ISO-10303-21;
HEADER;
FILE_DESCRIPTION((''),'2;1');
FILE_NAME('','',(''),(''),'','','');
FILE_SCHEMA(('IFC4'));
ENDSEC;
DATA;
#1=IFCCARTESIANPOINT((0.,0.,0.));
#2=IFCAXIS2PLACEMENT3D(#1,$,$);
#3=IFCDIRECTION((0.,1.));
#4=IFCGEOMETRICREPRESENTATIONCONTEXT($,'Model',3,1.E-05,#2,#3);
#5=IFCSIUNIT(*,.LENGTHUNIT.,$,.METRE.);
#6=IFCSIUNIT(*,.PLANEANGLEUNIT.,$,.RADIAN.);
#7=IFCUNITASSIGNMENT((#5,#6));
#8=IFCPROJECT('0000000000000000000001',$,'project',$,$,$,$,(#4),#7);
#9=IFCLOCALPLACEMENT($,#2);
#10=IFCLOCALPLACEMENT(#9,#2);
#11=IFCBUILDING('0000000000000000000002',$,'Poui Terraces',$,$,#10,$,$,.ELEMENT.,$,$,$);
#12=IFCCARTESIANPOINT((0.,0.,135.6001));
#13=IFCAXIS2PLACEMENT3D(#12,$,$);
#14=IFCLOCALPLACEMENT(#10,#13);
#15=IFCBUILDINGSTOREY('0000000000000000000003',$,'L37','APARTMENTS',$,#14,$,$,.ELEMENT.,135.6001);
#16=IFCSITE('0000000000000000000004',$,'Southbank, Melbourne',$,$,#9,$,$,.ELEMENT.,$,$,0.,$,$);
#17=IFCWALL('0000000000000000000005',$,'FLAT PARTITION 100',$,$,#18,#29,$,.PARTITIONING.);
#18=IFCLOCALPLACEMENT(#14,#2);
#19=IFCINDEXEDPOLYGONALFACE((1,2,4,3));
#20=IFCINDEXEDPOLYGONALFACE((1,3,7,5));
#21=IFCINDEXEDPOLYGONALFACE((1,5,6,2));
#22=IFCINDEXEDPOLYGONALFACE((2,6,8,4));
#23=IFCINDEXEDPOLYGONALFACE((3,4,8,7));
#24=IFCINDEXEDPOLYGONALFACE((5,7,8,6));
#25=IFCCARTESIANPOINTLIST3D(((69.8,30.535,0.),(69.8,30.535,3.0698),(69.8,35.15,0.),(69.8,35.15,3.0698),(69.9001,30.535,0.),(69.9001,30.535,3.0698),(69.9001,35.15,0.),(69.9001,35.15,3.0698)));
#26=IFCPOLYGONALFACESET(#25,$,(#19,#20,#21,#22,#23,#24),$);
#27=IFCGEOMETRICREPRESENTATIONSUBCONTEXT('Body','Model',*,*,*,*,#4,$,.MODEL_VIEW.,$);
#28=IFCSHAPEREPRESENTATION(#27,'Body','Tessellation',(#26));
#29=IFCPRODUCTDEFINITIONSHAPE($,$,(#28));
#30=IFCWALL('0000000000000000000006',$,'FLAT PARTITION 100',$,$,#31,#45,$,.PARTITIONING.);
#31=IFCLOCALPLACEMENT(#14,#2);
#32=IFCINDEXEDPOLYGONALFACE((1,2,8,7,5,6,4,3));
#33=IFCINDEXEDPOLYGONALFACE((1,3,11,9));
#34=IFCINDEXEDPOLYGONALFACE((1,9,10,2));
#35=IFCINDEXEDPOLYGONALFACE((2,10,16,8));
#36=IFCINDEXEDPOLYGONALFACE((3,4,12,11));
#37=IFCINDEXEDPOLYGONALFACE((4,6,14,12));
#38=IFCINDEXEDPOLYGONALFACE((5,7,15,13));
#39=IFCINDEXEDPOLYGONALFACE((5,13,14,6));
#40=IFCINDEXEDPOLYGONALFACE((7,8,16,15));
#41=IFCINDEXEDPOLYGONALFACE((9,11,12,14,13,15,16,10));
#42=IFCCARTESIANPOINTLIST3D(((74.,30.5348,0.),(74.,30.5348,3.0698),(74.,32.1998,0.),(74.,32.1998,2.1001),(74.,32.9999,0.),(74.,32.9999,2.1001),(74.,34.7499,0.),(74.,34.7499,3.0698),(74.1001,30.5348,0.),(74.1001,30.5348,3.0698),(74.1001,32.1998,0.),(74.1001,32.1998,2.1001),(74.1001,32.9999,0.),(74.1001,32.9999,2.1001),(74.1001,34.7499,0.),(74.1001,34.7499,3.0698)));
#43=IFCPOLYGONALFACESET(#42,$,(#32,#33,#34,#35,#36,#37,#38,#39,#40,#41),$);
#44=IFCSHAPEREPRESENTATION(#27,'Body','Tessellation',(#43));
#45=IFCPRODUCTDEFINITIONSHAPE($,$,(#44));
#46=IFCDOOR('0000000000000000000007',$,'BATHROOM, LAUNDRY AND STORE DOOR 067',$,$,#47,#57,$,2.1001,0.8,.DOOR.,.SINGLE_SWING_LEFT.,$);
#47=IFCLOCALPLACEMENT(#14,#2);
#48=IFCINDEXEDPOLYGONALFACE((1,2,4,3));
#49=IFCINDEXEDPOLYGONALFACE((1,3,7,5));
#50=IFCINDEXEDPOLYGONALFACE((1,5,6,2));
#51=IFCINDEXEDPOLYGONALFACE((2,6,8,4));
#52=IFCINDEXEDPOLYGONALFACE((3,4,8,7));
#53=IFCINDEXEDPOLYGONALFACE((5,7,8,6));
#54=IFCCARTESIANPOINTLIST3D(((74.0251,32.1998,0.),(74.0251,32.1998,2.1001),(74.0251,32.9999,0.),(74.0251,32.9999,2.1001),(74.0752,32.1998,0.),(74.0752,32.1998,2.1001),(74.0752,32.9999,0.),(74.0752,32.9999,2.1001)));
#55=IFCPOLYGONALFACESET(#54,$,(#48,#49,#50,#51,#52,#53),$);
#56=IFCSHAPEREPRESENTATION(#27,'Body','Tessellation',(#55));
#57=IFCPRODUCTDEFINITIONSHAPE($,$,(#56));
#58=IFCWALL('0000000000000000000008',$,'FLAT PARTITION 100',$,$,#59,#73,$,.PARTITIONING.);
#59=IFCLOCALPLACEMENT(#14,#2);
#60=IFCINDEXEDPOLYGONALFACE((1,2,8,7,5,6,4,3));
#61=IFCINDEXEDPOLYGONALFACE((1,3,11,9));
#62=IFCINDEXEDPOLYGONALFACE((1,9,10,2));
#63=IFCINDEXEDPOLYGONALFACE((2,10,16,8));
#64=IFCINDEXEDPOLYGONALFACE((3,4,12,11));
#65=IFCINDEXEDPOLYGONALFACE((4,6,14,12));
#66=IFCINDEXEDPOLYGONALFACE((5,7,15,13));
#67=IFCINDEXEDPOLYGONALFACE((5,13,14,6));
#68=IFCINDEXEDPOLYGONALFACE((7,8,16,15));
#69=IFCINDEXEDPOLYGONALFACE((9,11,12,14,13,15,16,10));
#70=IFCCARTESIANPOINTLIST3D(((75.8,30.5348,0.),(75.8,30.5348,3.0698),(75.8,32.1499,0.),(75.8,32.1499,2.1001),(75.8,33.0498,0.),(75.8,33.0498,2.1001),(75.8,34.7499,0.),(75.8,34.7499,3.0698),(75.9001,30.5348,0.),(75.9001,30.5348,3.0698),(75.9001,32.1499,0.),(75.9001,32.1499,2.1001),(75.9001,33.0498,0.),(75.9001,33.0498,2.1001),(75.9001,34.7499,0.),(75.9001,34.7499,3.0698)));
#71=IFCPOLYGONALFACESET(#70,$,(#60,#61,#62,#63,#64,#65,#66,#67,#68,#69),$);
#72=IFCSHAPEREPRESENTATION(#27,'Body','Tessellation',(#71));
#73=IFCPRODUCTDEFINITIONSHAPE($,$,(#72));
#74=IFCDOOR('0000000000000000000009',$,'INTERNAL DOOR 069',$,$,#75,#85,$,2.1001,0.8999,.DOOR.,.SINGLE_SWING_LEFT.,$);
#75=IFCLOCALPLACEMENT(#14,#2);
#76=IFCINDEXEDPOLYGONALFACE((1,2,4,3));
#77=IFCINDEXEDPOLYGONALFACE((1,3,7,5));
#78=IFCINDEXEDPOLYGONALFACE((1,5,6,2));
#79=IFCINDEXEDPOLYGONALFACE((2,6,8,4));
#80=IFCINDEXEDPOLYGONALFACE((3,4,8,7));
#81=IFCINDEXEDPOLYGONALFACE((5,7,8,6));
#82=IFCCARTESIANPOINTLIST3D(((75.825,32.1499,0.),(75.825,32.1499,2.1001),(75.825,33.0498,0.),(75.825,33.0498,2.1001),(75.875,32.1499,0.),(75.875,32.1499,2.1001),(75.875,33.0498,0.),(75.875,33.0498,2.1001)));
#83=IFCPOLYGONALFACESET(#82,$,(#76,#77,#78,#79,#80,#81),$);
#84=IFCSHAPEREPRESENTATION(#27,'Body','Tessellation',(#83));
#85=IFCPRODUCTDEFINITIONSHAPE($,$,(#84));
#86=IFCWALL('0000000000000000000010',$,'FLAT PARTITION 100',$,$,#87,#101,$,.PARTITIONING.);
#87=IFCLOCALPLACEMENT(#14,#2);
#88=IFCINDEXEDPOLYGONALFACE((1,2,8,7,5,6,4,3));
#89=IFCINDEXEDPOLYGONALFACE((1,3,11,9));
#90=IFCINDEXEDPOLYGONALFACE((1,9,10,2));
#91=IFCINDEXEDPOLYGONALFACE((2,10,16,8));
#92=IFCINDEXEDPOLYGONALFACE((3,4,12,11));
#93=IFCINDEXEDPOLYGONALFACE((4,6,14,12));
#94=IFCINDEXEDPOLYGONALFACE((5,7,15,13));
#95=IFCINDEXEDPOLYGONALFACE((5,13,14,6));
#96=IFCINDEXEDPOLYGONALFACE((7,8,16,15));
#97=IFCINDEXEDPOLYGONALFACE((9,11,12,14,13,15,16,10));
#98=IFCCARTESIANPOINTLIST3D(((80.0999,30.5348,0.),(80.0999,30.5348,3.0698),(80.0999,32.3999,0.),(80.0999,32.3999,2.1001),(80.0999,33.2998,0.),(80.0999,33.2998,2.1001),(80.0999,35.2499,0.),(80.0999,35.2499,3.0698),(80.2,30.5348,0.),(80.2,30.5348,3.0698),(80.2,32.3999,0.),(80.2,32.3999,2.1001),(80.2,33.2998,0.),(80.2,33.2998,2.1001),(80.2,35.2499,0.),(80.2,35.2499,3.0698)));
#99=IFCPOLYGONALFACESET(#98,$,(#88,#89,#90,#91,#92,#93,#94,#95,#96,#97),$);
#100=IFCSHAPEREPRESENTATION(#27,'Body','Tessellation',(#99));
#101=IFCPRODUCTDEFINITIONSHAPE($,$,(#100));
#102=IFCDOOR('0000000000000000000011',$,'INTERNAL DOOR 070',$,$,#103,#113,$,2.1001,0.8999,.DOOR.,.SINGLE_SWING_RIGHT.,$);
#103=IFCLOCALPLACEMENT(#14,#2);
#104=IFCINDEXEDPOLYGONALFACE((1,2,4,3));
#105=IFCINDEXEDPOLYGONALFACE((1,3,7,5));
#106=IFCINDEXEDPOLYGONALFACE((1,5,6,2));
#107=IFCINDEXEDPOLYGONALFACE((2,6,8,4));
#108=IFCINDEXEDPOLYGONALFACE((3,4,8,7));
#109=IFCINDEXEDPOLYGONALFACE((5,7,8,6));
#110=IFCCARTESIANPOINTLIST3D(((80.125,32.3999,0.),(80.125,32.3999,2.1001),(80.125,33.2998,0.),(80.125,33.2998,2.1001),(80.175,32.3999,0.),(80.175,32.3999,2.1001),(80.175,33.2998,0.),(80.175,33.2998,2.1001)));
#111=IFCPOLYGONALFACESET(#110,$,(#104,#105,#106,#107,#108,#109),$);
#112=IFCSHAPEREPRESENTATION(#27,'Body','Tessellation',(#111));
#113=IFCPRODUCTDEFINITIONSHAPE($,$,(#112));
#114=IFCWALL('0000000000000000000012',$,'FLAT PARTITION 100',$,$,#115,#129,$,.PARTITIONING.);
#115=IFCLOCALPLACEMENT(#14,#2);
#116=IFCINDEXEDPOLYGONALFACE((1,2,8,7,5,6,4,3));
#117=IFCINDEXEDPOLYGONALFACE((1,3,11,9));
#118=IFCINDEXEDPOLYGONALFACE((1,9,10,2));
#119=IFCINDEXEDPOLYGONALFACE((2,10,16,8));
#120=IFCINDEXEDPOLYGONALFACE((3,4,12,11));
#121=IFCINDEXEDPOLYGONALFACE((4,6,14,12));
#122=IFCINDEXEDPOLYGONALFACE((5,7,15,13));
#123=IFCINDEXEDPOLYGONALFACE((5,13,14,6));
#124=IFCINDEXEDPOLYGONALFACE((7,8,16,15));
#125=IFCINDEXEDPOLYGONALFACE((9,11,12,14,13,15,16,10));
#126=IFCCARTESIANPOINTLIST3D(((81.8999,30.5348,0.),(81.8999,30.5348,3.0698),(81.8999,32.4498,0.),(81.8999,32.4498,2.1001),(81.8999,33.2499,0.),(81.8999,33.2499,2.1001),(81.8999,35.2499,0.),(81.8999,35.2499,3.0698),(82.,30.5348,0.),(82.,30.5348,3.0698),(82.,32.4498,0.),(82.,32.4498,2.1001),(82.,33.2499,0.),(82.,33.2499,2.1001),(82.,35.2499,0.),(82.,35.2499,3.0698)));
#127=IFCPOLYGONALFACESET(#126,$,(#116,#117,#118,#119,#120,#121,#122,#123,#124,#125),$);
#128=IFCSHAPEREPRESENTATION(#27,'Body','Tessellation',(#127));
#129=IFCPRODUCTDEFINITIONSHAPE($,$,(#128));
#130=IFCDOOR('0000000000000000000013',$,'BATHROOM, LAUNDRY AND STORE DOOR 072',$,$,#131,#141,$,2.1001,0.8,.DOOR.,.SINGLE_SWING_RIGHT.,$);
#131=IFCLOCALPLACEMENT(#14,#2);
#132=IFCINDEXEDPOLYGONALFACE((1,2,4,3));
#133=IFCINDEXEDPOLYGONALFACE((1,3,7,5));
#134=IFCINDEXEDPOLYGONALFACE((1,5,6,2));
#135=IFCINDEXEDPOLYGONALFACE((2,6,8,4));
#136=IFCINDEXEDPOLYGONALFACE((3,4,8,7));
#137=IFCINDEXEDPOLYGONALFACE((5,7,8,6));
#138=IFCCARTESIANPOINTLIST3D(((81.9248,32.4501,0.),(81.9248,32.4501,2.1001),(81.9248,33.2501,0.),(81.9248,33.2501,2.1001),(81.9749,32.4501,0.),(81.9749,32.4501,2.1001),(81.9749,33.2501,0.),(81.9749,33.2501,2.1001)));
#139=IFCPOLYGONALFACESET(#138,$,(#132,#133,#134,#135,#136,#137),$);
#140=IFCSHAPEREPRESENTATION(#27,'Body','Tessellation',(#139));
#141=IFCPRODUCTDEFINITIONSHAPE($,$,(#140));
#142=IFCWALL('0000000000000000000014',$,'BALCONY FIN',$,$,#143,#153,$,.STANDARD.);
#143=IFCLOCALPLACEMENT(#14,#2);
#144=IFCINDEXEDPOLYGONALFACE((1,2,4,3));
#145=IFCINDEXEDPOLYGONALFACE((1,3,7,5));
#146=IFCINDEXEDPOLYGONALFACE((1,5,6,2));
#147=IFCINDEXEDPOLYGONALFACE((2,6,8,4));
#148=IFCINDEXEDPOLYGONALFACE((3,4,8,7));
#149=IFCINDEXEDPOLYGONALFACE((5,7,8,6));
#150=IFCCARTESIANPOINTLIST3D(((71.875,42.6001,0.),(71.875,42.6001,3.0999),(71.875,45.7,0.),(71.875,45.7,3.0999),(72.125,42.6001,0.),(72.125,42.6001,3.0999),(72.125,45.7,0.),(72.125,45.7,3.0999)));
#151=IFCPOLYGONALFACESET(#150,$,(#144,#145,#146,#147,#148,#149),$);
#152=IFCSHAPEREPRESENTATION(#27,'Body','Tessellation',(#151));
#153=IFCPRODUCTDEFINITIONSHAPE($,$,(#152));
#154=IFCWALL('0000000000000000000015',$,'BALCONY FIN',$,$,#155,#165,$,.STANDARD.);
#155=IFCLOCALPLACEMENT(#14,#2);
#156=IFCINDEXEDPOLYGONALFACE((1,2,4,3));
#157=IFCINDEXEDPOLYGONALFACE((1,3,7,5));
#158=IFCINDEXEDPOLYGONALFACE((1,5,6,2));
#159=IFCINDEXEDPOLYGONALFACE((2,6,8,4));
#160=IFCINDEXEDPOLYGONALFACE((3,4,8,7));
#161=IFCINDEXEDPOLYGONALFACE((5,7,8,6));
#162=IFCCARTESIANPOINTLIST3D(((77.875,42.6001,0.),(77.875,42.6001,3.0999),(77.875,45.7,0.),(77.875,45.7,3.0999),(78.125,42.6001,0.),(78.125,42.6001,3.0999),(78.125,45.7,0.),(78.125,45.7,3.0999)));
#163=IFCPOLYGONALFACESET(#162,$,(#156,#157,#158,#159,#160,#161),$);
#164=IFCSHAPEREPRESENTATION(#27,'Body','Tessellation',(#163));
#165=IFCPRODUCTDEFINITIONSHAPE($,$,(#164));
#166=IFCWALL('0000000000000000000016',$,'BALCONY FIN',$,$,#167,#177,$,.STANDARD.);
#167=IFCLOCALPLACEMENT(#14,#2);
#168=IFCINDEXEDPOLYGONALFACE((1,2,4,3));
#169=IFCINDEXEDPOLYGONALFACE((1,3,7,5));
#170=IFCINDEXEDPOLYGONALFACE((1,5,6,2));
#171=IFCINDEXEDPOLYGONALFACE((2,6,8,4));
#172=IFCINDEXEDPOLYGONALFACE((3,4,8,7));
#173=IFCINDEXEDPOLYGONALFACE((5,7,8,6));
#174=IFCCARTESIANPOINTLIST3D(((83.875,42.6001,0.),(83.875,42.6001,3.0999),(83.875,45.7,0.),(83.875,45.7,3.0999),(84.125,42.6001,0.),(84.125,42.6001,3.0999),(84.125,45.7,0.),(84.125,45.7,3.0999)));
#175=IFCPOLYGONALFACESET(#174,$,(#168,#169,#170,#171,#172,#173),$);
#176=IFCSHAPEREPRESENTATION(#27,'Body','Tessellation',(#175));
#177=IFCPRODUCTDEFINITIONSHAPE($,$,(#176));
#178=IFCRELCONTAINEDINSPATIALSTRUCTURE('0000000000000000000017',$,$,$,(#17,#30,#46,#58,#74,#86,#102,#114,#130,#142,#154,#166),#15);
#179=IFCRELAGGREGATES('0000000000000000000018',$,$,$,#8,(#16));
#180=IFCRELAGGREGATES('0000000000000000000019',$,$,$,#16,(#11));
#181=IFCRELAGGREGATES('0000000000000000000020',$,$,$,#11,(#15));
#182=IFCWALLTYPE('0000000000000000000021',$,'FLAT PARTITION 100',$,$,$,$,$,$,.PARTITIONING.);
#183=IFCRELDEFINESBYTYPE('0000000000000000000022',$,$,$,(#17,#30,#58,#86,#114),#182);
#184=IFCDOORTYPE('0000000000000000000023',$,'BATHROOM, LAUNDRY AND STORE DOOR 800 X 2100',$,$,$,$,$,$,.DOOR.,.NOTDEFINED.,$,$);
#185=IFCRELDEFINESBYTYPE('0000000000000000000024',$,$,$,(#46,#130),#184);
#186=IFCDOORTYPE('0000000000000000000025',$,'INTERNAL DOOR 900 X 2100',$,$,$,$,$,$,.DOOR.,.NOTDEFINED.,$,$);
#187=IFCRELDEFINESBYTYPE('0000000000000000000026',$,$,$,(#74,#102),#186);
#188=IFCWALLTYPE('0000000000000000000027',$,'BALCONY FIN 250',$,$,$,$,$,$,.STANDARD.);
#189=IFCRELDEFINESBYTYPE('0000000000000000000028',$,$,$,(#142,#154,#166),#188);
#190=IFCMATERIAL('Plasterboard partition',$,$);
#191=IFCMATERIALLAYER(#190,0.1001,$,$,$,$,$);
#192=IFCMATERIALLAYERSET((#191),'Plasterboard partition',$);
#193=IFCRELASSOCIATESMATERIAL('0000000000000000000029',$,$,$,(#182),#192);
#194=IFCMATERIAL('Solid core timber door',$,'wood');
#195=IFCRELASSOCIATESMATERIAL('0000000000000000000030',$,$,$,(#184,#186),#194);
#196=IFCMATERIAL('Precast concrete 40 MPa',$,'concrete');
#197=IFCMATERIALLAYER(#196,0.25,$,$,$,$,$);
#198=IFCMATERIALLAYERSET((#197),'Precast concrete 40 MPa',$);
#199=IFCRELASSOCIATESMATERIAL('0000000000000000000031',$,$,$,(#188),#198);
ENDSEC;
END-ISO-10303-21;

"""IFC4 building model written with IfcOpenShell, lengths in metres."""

from ifc_helpers import new_model, si_unit, direction, frame, frame_2d, origin, place, context, subcontext, project, spatial, polyline, rectangle, outline, extrude, source, transform, mapped, material, layer, layer_set, type_object, element, fill, save


model = new_model("IFC4")

# Units and contexts
model_context = context("Model", 3, precision=1e-05, world=origin(), true_north=direction((0.0, 1.0)))
body_context = subcontext(model_context, "Body", "Model", "MODEL_VIEW")
ifc_project = project(units=[si_unit("LENGTHUNIT", "METRE"), si_unit("PLANEANGLEUNIT", "RADIAN")], contexts=[model_context])

# Site, building, storey
site_placement = place(None, origin())
site = spatial("IfcSite", under=ifc_project, at=site_placement, Name="Southbank, Melbourne", CompositionType="ELEMENT", RefElevation=0.0)
building_placement = place(site_placement, origin())
building = spatial("IfcBuilding", under=site, at=building_placement, Name="Poui Terraces", CompositionType="ELEMENT")
storey_placement = place(building_placement, frame((0.0, 0.0, 135.6001)))
storey = spatial("IfcBuildingStorey", under=building, at=storey_placement, Name="L37", Description="APARTMENTS", CompositionType="ELEMENT", Elevation=135.6001)

# Shared definitions
ifc_material_1 = material(Name="Plasterboard partition")
ifc_layer_1 = layer(ifc_material_1, 0.1001)
ifc_layer_set_1 = layer_set([ifc_layer_1], Name="Plasterboard partition")
wall_type_1 = type_object("IfcWallType", Name="FLAT PARTITION 100", PredefinedType="PARTITIONING", material=ifc_layer_set_1)

# Shared definitions
ifc_material_2 = material(Name="Solid core timber door", Category="wood")
door_type_1 = type_object("IfcDoorType", Name="BATHROOM, LAUNDRY AND STORE DOOR 800 X 2100", OperationType="NOTDEFINED", PredefinedType="DOOR", material=ifc_material_2)
door_type_2 = type_object("IfcDoorType", Name="INTERNAL DOOR 900 X 2100", OperationType="NOTDEFINED", PredefinedType="DOOR", material=ifc_material_2)

# Wall
wall_1_placement = place(storey_placement, frame((69.8501, 30.5349, 0.0), z_axis=(0.0, 0.0, 1.0), x_axis=(0.0, 1.0, 0.0)))
element("IfcWall", 1, at=wall_1_placement, inside=storey, type_object=wall_type_1, Name="FLAT PARTITION 100", PredefinedType="PARTITIONING", context=body_context, shape_type="SweptSolid", body=[
    extrude(rectangle(XDim=4.615, YDim=0.1001, at=frame_2d((2.3076, 0.0))), origin(), (0.0, 0.0, 1.0), 3.0698),
])

# Walls, openings, doors
wall_2_placement = place(storey_placement, frame((74.05, 30.5349, 0.0), z_axis=(0.0, 0.0, 1.0), x_axis=(0.0, 1.0, 0.0)))
wall_2 = element("IfcWall", 2, at=wall_2_placement, inside=storey, type_object=wall_type_1, Name="FLAT PARTITION 100", PredefinedType="PARTITIONING", context=body_context, shape_type="SweptSolid", body=[
    extrude(rectangle(XDim=4.2151, YDim=0.1001, at=frame_2d((2.1074, 0.0))), origin(), (0.0, 0.0, 1.0), 3.0698),
])
opening_1_placement = place(wall_2_placement, frame((1.665, 0.0, 0.0)))
opening_1 = element("IfcOpeningElement", 3, at=opening_1_placement, cuts=wall_2, PredefinedType="OPENING", context=body_context, shape_type="SweptSolid", body=[
    extrude(rectangle(XDim=0.8, YDim=2.1001, at=frame_2d((0.3999, 1.05))), frame((0.0, 0.0601, 0.0), z_axis=(0.0, -1.0, 0.0), x_axis=(1.0, 0.0, 0.0)), (0.0, 0.0, 1.0), 0.1201),
])
door_1_placement = place(opening_1_placement, origin())
door_1 = element("IfcDoor", 4, at=door_1_placement, inside=storey, type_object=door_type_1, Name="BATHROOM, LAUNDRY AND STORE DOOR 067", OperationType="SINGLE_SWING_LEFT", OverallHeight=2.1001, OverallWidth=0.8, PredefinedType="DOOR", context=body_context, shape_type="SweptSolid", body=[
    extrude(rectangle(XDim=0.8, YDim=2.1001, at=frame_2d((0.3999, 1.05))), frame((0.0, 0.0249, 0.0), z_axis=(0.0, -1.0, 0.0), x_axis=(1.0, 0.0, 0.0)), (0.0, 0.0, 1.0), 0.05),
])
fill(opening_1, door_1)
wall_3_placement = place(storey_placement, frame((75.8501, 30.5349, 0.0), z_axis=(0.0, 0.0, 1.0), x_axis=(0.0, 1.0, 0.0)))
wall_3 = element("IfcWall", 5, at=wall_3_placement, inside=storey, type_object=wall_type_1, Name="FLAT PARTITION 100", PredefinedType="PARTITIONING", context=body_context, shape_type="SweptSolid", body=[
    extrude(rectangle(XDim=4.2151, YDim=0.1001, at=frame_2d((2.1074, 0.0))), origin(), (0.0, 0.0, 1.0), 3.0698),
])
opening_2_placement = place(wall_3_placement, frame((1.615, 0.0, 0.0)))
opening_2 = element("IfcOpeningElement", 6, at=opening_2_placement, cuts=wall_3, PredefinedType="OPENING", context=body_context, shape_type="SweptSolid", body=[
    extrude(rectangle(XDim=0.8999, YDim=2.1001, at=frame_2d((0.45, 1.05))), frame((0.0, 0.0601, 0.0), z_axis=(0.0, -1.0, 0.0), x_axis=(1.0, 0.0, 0.0)), (0.0, 0.0, 1.0), 0.1201),
])
door_2_placement = place(opening_2_placement, frame((0.8999, 0.0, 0.0), z_axis=(0.0, 0.0, 1.0), x_axis=(-1.0, 0.0, 0.0)))
door_2 = element("IfcDoor", 7, at=door_2_placement, inside=storey, type_object=door_type_2, Name="INTERNAL DOOR 069", OperationType="SINGLE_SWING_LEFT", OverallHeight=2.1001, OverallWidth=0.8999, PredefinedType="DOOR", context=body_context, shape_type="SweptSolid", body=[
    extrude(rectangle(XDim=0.8999, YDim=2.1001, at=frame_2d((0.45, 1.05))), frame((0.0, 0.0249, 0.0), z_axis=(0.0, -1.0, 0.0), x_axis=(1.0, 0.0, 0.0)), (0.0, 0.0, 1.0), 0.05),
])
fill(opening_2, door_2)
wall_4_placement = place(storey_placement, frame((80.1499, 30.5349, 0.0), z_axis=(0.0, 0.0, 1.0), x_axis=(0.0, 1.0, 0.0)))
wall_4 = element("IfcWall", 8, at=wall_4_placement, inside=storey, type_object=wall_type_1, Name="FLAT PARTITION 100", PredefinedType="PARTITIONING", context=body_context, shape_type="SweptSolid", body=[
    extrude(rectangle(XDim=4.7151, YDim=0.1001, at=frame_2d((2.3574, 0.0))), origin(), (0.0, 0.0, 1.0), 3.0698),
])
opening_3_placement = place(wall_4_placement, frame((1.865, 0.0, 0.0)))
opening_3 = element("IfcOpeningElement", 9, at=opening_3_placement, cuts=wall_4, PredefinedType="OPENING", context=body_context, shape_type="SweptSolid", body=[
    extrude(rectangle(XDim=0.8999, YDim=2.1001, at=frame_2d((0.45, 1.05))), frame((0.0, 0.0601, 0.0), z_axis=(0.0, -1.0, 0.0), x_axis=(1.0, 0.0, 0.0)), (0.0, 0.0, 1.0), 0.1201),
])
door_3_placement = place(opening_3_placement, origin())
door_3 = element("IfcDoor", 10, at=door_3_placement, inside=storey, type_object=door_type_2, Name="INTERNAL DOOR 070", OperationType="SINGLE_SWING_RIGHT", OverallHeight=2.1001, OverallWidth=0.8999, PredefinedType="DOOR", context=body_context, shape_type="SweptSolid", body=[
    extrude(rectangle(XDim=0.8999, YDim=2.1001, at=frame_2d((0.45, 1.05))), frame((0.0, 0.0249, 0.0), z_axis=(0.0, -1.0, 0.0), x_axis=(1.0, 0.0, 0.0)), (0.0, 0.0, 1.0), 0.05),
])
fill(opening_3, door_3)
wall_5_placement = place(storey_placement, frame((81.95, 30.5349, 0.0), z_axis=(0.0, 0.0, 1.0), x_axis=(0.0, 1.0, 0.0)))
wall_5 = element("IfcWall", 11, at=wall_5_placement, inside=storey, type_object=wall_type_1, Name="FLAT PARTITION 100", PredefinedType="PARTITIONING", context=body_context, shape_type="SweptSolid", body=[
    extrude(rectangle(XDim=4.7151, YDim=0.1001, at=frame_2d((2.3574, 0.0))), origin(), (0.0, 0.0, 1.0), 3.0698),
])
opening_4_placement = place(wall_5_placement, frame((1.915, 0.0, 0.0)))
opening_4 = element("IfcOpeningElement", 12, at=opening_4_placement, cuts=wall_5, PredefinedType="OPENING", context=body_context, shape_type="SweptSolid", body=[
    extrude(rectangle(XDim=0.8, YDim=2.1001, at=frame_2d((0.3999, 1.05))), frame((0.0, 0.0601, 0.0), z_axis=(0.0, -1.0, 0.0), x_axis=(1.0, 0.0, 0.0)), (0.0, 0.0, 1.0), 0.1201),
])
door_4_placement = place(opening_4_placement, frame((0.8, 0.0, 0.0), z_axis=(0.0, 0.0, 1.0), x_axis=(-1.0, 0.0, 0.0)))
door_4 = element("IfcDoor", 13, at=door_4_placement, inside=storey, type_object=door_type_1, Name="BATHROOM, LAUNDRY AND STORE DOOR 072", OperationType="SINGLE_SWING_RIGHT", OverallHeight=2.1001, OverallWidth=0.8, PredefinedType="DOOR", context=body_context, shape_type="SweptSolid", body=[
    extrude(rectangle(XDim=0.8, YDim=2.1001, at=frame_2d((0.3999, 1.05))), frame((0.0, 0.0249, 0.0), z_axis=(0.0, -1.0, 0.0), x_axis=(1.0, 0.0, 0.0)), (0.0, 0.0, 1.0), 0.05),
])
fill(opening_4, door_4)

# Walls
ifc_material_3 = material(Name="Precast concrete 40 MPa", Category="concrete")
ifc_layer_2 = layer(ifc_material_3, 0.25)
ifc_layer_set_2 = layer_set([ifc_layer_2], Name="Precast concrete 40 MPa")
wall_type_2 = type_object("IfcWallType", Name="BALCONY FIN 250", PredefinedType="STANDARD", material=ifc_layer_set_2)
shared_shape_1 = source(origin(), body_context, "Body", "SweptSolid", [
    extrude(outline(polyline([(0.0, 0.0), (0.25, 0.0), (0.25, 3.0999), (0.0, 3.0999), (0.0, 0.0)])), origin(), (0.0, 0.0, 1.0), 3.0999),
])
for number, where, name in (
    (14, (71.875, 42.6001, 0.0), "BALCONY FIN"),
    (15, (77.875, 42.6001, 0.0), "BALCONY FIN"),
    (16, (83.875, 42.6001, 0.0), "BALCONY FIN"),
):
    element("IfcWall", number, at=place(storey_placement, frame(where)), inside=storey, type_object=wall_type_2, Name=name, PredefinedType="STANDARD", context=body_context, shape_type="MappedRepresentation", body=[
        mapped(shared_shape_1, transform((0.0, 0.0, 0.0))),
    ])

save(model, "model.ifc")
